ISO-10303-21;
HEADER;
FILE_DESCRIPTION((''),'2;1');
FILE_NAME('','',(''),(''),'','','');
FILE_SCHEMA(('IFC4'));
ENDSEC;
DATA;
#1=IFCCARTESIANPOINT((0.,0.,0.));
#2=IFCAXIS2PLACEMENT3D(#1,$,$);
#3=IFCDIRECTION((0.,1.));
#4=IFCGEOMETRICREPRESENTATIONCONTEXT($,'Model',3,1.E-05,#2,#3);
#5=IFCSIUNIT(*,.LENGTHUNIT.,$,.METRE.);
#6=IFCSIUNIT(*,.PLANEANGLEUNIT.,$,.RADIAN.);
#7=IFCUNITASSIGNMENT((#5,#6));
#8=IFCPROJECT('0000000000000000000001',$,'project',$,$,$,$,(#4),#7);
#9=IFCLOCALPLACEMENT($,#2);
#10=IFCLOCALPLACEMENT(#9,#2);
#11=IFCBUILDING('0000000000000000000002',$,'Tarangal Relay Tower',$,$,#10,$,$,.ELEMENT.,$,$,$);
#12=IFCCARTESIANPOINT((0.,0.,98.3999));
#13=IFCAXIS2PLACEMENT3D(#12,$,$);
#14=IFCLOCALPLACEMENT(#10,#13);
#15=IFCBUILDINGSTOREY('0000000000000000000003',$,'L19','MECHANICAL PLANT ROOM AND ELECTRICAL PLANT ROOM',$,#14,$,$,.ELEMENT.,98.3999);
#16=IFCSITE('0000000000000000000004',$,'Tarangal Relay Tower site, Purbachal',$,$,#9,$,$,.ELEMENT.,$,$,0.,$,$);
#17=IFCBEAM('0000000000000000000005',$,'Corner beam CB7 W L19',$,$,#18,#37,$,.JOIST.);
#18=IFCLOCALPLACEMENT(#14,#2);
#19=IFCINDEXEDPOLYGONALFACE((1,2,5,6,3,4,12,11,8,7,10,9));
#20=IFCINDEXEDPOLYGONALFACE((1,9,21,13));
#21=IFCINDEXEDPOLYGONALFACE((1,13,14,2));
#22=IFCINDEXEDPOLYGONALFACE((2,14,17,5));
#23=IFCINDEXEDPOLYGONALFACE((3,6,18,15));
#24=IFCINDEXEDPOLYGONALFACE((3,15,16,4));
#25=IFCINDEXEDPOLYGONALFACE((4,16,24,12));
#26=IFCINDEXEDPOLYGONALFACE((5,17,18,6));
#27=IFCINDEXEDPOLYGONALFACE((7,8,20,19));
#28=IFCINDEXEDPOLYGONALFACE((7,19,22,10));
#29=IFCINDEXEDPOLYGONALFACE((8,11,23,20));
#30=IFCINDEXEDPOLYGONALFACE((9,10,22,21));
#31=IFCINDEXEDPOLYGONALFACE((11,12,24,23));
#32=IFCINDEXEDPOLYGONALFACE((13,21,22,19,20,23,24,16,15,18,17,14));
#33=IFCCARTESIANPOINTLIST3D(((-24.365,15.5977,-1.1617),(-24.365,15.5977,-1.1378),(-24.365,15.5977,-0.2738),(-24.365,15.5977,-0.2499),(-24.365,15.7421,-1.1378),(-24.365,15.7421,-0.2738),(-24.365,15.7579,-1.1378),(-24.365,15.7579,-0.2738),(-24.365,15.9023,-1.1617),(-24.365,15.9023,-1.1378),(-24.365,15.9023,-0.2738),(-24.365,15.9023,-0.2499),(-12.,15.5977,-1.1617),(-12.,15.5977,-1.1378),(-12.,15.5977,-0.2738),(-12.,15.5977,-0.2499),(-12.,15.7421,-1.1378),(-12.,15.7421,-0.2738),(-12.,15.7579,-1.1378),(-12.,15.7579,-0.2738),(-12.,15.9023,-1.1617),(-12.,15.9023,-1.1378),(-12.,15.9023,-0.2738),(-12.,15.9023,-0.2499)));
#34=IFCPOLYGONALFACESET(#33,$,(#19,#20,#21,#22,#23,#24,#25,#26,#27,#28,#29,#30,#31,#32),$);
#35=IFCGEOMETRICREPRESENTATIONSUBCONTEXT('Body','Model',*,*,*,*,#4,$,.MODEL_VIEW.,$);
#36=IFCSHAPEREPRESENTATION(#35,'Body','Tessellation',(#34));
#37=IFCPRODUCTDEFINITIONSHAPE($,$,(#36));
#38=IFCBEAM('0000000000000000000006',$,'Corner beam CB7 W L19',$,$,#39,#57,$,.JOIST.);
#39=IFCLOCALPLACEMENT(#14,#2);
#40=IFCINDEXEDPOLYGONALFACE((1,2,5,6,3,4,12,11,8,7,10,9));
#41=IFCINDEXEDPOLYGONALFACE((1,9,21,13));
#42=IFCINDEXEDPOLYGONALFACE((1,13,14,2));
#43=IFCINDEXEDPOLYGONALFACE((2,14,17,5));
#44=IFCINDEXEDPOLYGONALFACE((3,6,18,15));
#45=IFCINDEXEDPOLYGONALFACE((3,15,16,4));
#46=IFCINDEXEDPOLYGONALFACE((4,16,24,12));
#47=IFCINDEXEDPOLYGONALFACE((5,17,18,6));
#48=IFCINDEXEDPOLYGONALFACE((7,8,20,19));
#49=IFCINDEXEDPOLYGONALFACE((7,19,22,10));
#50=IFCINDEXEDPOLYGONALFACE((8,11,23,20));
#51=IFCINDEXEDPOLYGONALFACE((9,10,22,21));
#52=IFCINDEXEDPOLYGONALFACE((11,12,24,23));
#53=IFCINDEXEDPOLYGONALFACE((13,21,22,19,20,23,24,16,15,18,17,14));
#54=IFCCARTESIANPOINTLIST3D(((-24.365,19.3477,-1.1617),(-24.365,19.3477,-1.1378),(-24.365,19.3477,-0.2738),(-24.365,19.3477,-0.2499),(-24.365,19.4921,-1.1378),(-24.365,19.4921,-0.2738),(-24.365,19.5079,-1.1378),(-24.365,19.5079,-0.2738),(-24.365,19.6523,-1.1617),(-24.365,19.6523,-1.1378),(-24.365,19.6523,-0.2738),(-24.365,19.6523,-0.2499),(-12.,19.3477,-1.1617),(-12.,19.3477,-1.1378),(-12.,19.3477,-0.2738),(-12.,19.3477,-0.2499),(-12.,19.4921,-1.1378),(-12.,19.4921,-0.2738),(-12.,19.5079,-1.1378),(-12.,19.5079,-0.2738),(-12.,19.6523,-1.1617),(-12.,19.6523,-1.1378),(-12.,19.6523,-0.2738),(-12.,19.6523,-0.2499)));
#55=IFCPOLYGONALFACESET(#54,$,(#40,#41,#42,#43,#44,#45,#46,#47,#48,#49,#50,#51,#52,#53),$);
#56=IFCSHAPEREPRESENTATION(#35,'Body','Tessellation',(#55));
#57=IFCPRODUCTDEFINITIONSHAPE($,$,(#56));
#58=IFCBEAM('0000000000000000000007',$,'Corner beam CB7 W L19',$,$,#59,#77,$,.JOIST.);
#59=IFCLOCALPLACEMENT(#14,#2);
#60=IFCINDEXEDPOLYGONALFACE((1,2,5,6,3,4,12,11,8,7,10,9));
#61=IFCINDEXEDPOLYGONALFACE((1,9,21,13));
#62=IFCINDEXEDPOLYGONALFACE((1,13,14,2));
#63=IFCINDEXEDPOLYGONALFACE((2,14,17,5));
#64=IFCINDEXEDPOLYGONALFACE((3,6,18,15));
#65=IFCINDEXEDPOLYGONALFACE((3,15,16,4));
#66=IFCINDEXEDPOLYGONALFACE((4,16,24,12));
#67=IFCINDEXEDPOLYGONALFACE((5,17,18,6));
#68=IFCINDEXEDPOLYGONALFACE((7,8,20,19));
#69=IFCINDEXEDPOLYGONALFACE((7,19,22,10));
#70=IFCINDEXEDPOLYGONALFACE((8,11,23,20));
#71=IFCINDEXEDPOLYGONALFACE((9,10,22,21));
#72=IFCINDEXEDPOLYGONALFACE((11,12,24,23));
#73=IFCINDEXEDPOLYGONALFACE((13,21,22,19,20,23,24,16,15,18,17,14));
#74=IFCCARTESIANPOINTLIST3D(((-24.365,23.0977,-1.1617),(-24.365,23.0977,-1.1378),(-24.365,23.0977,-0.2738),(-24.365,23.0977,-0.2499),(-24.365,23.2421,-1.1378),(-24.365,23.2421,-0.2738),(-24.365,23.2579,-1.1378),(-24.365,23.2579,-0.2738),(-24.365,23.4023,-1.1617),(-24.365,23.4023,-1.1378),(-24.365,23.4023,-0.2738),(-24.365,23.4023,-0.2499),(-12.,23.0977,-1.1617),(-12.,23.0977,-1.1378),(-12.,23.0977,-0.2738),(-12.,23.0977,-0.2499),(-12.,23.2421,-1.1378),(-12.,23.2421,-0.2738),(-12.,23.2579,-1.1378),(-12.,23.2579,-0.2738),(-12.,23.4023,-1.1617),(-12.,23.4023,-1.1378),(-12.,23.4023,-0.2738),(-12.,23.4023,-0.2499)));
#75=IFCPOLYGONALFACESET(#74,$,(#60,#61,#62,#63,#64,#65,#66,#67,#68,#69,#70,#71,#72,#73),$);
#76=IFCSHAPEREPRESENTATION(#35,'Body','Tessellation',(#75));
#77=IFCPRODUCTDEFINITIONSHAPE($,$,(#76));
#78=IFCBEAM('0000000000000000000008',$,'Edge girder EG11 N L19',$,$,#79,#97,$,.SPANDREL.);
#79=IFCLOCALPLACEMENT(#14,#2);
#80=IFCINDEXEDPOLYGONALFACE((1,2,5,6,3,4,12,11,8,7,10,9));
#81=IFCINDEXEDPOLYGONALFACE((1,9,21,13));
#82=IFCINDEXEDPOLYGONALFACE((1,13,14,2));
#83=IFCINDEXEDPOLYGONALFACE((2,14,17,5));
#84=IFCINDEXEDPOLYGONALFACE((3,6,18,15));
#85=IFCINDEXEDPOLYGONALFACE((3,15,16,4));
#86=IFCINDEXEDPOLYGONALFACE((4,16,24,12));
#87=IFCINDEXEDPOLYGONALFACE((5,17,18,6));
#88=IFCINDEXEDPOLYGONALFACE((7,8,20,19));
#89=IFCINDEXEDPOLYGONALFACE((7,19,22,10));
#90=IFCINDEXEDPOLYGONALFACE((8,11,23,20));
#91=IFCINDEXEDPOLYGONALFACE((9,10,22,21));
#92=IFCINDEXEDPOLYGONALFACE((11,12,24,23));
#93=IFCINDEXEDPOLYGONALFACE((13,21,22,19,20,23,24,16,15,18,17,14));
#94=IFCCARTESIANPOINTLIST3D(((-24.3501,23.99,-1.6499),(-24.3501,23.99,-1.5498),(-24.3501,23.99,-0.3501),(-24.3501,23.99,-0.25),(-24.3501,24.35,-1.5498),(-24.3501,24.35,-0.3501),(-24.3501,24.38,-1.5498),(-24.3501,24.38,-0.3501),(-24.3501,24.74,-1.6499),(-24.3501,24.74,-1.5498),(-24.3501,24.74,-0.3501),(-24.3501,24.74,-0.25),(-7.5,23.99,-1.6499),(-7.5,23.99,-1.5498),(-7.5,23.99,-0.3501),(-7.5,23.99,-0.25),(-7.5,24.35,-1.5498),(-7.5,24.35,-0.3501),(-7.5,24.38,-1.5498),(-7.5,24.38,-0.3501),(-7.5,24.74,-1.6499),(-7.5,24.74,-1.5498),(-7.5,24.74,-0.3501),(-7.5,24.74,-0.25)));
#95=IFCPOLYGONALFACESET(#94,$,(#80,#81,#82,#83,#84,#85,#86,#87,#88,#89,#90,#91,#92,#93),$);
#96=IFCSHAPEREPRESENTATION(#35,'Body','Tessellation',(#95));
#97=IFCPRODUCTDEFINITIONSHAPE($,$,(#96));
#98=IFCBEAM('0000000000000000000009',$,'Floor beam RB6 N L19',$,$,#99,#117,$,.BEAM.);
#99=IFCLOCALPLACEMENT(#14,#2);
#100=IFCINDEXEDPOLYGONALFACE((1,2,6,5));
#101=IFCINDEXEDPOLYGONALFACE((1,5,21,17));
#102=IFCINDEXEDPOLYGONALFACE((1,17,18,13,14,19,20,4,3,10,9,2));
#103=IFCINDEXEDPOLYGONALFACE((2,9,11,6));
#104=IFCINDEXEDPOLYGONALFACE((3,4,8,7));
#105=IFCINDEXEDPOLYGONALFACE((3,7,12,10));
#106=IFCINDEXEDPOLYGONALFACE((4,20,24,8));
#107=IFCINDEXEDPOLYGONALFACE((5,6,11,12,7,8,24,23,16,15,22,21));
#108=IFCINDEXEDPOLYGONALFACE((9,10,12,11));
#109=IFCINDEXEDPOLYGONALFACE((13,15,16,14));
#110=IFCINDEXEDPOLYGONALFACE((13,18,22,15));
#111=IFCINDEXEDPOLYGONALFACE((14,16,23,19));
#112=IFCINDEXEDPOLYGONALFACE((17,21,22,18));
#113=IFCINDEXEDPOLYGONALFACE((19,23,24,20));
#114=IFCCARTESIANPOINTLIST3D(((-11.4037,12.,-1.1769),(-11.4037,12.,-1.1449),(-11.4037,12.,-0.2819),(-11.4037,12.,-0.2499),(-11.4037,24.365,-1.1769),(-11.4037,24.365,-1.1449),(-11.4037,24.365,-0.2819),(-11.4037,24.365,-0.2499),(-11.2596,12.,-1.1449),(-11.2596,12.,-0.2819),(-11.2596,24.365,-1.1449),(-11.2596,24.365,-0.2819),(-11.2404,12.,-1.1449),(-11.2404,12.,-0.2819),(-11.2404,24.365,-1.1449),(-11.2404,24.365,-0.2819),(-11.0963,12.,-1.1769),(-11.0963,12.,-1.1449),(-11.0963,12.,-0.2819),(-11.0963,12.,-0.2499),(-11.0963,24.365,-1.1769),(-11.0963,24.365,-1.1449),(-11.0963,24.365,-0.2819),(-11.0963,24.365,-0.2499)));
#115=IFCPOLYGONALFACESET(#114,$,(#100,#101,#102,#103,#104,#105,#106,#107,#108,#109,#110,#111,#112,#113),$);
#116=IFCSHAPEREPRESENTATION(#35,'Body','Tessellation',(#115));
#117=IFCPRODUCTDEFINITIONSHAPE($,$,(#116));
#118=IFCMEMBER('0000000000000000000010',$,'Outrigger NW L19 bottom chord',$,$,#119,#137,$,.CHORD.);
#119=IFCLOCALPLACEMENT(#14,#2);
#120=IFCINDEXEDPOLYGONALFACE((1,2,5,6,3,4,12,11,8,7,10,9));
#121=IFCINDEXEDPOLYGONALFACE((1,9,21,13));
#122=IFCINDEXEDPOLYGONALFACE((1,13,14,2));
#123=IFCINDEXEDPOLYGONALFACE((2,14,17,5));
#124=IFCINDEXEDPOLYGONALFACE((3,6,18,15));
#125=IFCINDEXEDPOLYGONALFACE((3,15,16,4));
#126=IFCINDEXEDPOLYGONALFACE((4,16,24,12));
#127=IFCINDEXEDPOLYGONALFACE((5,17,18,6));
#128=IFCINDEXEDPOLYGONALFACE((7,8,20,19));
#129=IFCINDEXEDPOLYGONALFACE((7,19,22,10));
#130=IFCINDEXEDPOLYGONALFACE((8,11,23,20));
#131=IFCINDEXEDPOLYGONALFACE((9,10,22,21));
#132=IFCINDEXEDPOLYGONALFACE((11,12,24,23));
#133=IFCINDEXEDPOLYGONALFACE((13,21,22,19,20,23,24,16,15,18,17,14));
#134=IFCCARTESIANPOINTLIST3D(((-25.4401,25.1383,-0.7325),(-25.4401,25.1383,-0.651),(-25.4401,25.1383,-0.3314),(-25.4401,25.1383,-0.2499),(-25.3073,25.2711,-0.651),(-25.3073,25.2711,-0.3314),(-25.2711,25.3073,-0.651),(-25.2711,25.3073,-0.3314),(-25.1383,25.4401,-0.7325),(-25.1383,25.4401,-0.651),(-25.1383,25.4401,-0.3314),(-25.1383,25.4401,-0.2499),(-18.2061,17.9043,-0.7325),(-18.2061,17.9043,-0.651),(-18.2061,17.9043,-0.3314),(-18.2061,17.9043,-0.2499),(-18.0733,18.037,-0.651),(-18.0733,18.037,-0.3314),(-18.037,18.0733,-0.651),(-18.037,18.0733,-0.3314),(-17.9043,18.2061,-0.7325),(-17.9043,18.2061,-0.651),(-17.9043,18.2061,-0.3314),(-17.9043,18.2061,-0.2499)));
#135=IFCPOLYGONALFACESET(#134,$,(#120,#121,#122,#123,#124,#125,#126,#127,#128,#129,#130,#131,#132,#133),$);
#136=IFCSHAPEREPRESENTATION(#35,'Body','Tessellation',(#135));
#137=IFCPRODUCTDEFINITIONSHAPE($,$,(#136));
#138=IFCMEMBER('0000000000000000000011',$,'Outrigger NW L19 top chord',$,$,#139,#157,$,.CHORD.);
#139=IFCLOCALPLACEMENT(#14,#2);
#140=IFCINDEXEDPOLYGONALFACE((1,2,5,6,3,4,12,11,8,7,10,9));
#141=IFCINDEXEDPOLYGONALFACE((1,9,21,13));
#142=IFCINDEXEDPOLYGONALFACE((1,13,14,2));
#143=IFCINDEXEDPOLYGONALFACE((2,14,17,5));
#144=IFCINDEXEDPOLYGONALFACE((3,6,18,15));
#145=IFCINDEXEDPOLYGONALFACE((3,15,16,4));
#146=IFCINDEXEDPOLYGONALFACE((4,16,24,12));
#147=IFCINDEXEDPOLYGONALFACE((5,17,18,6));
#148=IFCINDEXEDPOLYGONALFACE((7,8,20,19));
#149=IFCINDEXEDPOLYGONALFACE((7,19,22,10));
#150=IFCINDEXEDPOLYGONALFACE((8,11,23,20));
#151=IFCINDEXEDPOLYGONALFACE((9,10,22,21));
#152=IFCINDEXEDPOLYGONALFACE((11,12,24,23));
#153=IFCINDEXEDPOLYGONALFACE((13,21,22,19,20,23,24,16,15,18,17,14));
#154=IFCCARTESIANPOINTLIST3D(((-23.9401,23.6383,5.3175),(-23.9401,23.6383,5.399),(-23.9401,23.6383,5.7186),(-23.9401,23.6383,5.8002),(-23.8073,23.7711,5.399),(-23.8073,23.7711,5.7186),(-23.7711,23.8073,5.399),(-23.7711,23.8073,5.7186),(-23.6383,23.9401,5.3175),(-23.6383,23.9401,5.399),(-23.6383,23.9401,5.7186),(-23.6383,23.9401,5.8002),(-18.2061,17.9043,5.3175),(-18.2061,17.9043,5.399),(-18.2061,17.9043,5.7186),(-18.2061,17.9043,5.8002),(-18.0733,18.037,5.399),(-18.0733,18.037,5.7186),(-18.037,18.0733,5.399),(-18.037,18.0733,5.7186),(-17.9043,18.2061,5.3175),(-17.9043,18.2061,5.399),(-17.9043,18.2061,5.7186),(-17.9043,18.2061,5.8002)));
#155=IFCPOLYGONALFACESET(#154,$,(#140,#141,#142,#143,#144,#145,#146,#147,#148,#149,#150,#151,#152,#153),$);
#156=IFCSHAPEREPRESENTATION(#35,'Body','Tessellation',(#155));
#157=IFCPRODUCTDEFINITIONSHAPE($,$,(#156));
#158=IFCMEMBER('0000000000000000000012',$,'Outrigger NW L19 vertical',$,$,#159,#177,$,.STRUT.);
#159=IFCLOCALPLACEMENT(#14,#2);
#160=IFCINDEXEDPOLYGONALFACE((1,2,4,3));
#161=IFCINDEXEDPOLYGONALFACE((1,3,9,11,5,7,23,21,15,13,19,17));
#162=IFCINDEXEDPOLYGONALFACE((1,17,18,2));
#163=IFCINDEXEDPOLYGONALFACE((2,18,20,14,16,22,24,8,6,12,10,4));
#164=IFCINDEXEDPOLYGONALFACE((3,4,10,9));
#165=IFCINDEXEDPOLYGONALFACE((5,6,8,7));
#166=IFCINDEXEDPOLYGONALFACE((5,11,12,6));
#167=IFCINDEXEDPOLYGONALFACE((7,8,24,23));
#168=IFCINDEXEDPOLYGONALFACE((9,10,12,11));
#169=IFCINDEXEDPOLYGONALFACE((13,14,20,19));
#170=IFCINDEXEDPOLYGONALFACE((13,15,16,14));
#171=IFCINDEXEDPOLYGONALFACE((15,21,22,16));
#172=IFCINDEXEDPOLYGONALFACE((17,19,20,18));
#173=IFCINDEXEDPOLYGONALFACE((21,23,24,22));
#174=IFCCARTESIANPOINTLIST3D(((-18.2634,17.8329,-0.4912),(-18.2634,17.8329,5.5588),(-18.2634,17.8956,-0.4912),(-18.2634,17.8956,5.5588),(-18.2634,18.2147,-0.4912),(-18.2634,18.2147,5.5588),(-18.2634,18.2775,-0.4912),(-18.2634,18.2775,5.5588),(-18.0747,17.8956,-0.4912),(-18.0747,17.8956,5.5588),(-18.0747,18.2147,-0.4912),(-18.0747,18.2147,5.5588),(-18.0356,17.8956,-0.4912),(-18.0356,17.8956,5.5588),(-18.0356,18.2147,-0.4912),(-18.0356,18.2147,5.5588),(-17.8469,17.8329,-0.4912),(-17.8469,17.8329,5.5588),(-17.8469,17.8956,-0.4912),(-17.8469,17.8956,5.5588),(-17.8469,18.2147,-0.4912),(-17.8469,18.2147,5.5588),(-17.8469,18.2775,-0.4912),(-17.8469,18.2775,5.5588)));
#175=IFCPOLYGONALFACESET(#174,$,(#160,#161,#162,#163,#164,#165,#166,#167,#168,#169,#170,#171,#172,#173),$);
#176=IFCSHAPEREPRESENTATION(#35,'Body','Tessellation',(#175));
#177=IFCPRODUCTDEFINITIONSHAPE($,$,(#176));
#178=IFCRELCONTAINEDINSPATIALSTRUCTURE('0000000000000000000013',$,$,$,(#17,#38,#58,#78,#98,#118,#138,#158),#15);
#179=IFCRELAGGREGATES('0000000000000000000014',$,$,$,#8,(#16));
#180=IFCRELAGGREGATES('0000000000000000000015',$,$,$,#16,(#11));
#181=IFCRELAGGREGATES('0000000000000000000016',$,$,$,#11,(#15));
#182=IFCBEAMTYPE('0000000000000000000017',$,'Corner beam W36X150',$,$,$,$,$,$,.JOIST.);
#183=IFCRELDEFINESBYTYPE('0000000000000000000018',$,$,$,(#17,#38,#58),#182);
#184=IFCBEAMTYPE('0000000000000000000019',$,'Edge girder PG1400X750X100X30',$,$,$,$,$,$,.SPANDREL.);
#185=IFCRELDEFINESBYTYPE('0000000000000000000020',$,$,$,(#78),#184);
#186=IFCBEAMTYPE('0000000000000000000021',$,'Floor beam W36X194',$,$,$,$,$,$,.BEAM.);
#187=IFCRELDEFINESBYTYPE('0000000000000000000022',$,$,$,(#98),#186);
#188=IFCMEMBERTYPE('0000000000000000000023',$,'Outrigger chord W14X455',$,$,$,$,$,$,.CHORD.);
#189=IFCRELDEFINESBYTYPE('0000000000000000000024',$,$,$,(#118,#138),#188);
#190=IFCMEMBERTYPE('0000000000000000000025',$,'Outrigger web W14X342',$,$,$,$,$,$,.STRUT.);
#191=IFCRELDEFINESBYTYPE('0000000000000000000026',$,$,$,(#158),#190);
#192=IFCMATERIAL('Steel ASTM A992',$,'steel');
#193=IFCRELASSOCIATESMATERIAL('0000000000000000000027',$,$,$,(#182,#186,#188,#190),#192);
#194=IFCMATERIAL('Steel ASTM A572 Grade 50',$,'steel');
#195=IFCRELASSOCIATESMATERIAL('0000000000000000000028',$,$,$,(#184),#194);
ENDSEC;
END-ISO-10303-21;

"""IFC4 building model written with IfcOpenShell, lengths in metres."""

from ifc_helpers import new_model, si_unit, direction, frame, origin, origin_2d, place, context, subcontext, project, spatial, i_section, extrude, clip, halfspace, material, material_profile, profile_set, type_object, element, save


model = new_model("IFC4")

# Units and contexts
model_context = context("Model", 3, precision=1e-05, world=origin(), true_north=direction((0.0, 1.0)))
body_context = subcontext(model_context, "Body", "Model", "MODEL_VIEW")
ifc_project = project(units=[si_unit("LENGTHUNIT", "METRE"), si_unit("PLANEANGLEUNIT", "RADIAN")], contexts=[model_context])

# Site, building, storey
site_placement = place(None, origin())
site = spatial("IfcSite", under=ifc_project, at=site_placement, Name="Tarangal Relay Tower site, Purbachal", CompositionType="ELEMENT", RefElevation=0.0)
building_placement = place(site_placement, origin())
building = spatial("IfcBuilding", under=site, at=building_placement, Name="Tarangal Relay Tower", CompositionType="ELEMENT")
storey_placement = place(building_placement, frame((0.0, 0.0, 98.3999)))
storey = spatial("IfcBuildingStorey", under=building, at=storey_placement, Name="L19", Description="MECHANICAL PLANT ROOM AND ELECTRICAL PLANT ROOM", CompositionType="ELEMENT", Elevation=98.3999)

# Beams
ifc_material_1 = material(Name="Steel ASTM A992", Category="steel")
ifc_material_profile_1 = material_profile(ifc_material_1, i_section(OverallWidth=0.3047, OverallDepth=0.9119, WebThickness=0.0159, FlangeThickness=0.0239, at=origin_2d()), Name="W36X150")
ifc_profile_set_1 = profile_set([ifc_material_profile_1], Name="Steel ASTM A992")
beam_type_1 = type_object("IfcBeamType", Name="Corner beam W36X150", PredefinedType="JOIST", material=ifc_profile_set_1)
for number, where, z_axis, x_axis, name in (
    (1, (-12.0, 15.75, -0.7058), (-1.0, 0.0, 0.0), (0.0, -1.0, 0.0), "Corner beam CB7 W L19"),
    (2, (-12.0, 19.5, -0.7058), (-1.0, 0.0, 0.0), (0.0, -1.0, 0.0), "Corner beam CB7 W L19"),
    (3, (-12.0, 23.25, -0.7058), (-1.0, 0.0, 0.0), (0.0, -1.0, 0.0), "Corner beam CB7 W L19"),
):
    element("IfcBeam", number, at=place(storey_placement, frame(where, z_axis=z_axis, x_axis=x_axis)), inside=storey, type_object=beam_type_1, Name=name, PredefinedType="JOIST", context=body_context, shape_type="SweptSolid", body=[
        extrude(i_section(OverallWidth=0.3047, OverallDepth=0.9119, WebThickness=0.0159, FlangeThickness=0.0239, at=origin_2d()), origin(), (0.0, 0.0, 1.0), 12.365),
    ])
ifc_material_2 = material(Name="Steel ASTM A572 Grade 50", Category="steel")
ifc_material_profile_2 = material_profile(ifc_material_2, i_section(OverallWidth=0.75, OverallDepth=1.3999, WebThickness=0.03, FlangeThickness=0.1001, at=origin_2d()), Name="PG1400X750X100X30")
ifc_profile_set_2 = profile_set([ifc_material_profile_2], Name="Steel ASTM A572 Grade 50")
beam_type_2 = type_object("IfcBeamType", Name="Edge girder PG1400X750X100X30", PredefinedType="SPANDREL", material=ifc_profile_set_2)
beam_1_placement = place(storey_placement, frame((-24.3501, 24.365, -0.95), z_axis=(1.0, 0.0, 0.0), x_axis=(0.0, 1.0, 0.0)))
element("IfcBeam", 4, at=beam_1_placement, inside=storey, type_object=beam_type_2, Name="Edge girder EG11 N L19", PredefinedType="SPANDREL", context=body_context, shape_type="SweptSolid", body=[
    extrude(i_section(OverallWidth=0.75, OverallDepth=1.3999, WebThickness=0.03, FlangeThickness=0.1001, at=origin_2d()), origin(), (0.0, 0.0, 1.0), 16.8501),
])
ifc_material_profile_3 = material_profile(ifc_material_1, i_section(OverallWidth=0.3074, OverallDepth=0.927, WebThickness=0.0193, FlangeThickness=0.032, at=origin_2d()), Name="W36X194")
ifc_profile_set_3 = profile_set([ifc_material_profile_3], Name="Steel ASTM A992")
beam_type_3 = type_object("IfcBeamType", Name="Floor beam W36X194", PredefinedType="BEAM", material=ifc_profile_set_3)
beam_2_placement = place(storey_placement, frame((-11.25, 12.0, -0.7134), z_axis=(0.0, 1.0, 0.0), x_axis=(-1.0, 0.0, 0.0)))
element("IfcBeam", 5, at=beam_2_placement, inside=storey, type_object=beam_type_3, Name="Floor beam RB6 N L19", PredefinedType="BEAM", context=body_context, shape_type="SweptSolid", body=[
    extrude(i_section(OverallWidth=0.3074, OverallDepth=0.927, WebThickness=0.0193, FlangeThickness=0.032, at=origin_2d()), origin(), (0.0, 0.0, 1.0), 12.365),
])

# Members
ifc_material_profile_4 = material_profile(ifc_material_1, i_section(OverallWidth=0.4268, OverallDepth=0.4827, WebThickness=0.0513, FlangeThickness=0.0815, at=origin_2d()), Name="W14X455")
ifc_profile_set_4 = profile_set([ifc_material_profile_4], Name="Steel ASTM A992")
member_type_1 = type_object("IfcMemberType", Name="Outrigger chord W14X455", PredefinedType="CHORD", material=ifc_profile_set_4)
member_1_placement = place(storey_placement, frame((-18.0552, 18.0552, -0.4912), z_axis=(-0.707107, 0.707107, 0.0), x_axis=(-0.707107, -0.707107, 0.0)))
element("IfcMember", 6, at=member_1_placement, inside=storey, type_object=member_type_1, Name="Outrigger NW L19 bottom chord", PredefinedType="CHORD", context=body_context, shape_type="Clipping", body=[
    clip(extrude(i_section(OverallWidth=0.4268, OverallDepth=0.4827, WebThickness=0.0513, FlangeThickness=0.0815, at=origin_2d()), origin(), (0.0, 0.0, 1.0), 10.5286), halfspace(frame((0.0, 0.0, 10.2305)), False)),
])
member_2_placement = place(storey_placement, frame((-18.0552, 18.0552, 5.5588), z_axis=(-0.707107, 0.707107, 0.0), x_axis=(-0.707107, -0.707107, 0.0)))
element("IfcMember", 7, at=member_2_placement, inside=storey, type_object=member_type_1, Name="Outrigger NW L19 top chord", PredefinedType="CHORD", context=body_context, shape_type="Clipping", body=[
    clip(extrude(i_section(OverallWidth=0.4268, OverallDepth=0.4827, WebThickness=0.0513, FlangeThickness=0.0815, at=origin_2d()), origin(), (0.0, 0.0, 1.0), 8.5632), halfspace(frame((0.0, 0.0, 8.1091)), False)),
])
ifc_material_profile_5 = material_profile(ifc_material_1, i_section(OverallWidth=0.4165, OverallDepth=0.4446, WebThickness=0.0391, FlangeThickness=0.0627, at=origin_2d()), Name="W14X342")
ifc_profile_set_5 = profile_set([ifc_material_profile_5], Name="Steel ASTM A992")
member_type_2 = type_object("IfcMemberType", Name="Outrigger web W14X342", PredefinedType="STRUT", material=ifc_profile_set_5)
member_3_placement = place(storey_placement, frame((-18.0552, 18.0552, -0.4912), z_axis=(0.0, 0.0, 1.0), x_axis=(1.0, 0.0, 0.0)))
element("IfcMember", 8, at=member_3_placement, inside=storey, type_object=member_type_2, Name="Outrigger NW L19 vertical", PredefinedType="STRUT", context=body_context, shape_type="SweptSolid", body=[
    extrude(i_section(OverallWidth=0.4165, OverallDepth=0.4446, WebThickness=0.0391, FlangeThickness=0.0627, at=origin_2d()), origin(), (0.0, 0.0, 1.0), 6.05),
])

save(model, "model.ifc")
